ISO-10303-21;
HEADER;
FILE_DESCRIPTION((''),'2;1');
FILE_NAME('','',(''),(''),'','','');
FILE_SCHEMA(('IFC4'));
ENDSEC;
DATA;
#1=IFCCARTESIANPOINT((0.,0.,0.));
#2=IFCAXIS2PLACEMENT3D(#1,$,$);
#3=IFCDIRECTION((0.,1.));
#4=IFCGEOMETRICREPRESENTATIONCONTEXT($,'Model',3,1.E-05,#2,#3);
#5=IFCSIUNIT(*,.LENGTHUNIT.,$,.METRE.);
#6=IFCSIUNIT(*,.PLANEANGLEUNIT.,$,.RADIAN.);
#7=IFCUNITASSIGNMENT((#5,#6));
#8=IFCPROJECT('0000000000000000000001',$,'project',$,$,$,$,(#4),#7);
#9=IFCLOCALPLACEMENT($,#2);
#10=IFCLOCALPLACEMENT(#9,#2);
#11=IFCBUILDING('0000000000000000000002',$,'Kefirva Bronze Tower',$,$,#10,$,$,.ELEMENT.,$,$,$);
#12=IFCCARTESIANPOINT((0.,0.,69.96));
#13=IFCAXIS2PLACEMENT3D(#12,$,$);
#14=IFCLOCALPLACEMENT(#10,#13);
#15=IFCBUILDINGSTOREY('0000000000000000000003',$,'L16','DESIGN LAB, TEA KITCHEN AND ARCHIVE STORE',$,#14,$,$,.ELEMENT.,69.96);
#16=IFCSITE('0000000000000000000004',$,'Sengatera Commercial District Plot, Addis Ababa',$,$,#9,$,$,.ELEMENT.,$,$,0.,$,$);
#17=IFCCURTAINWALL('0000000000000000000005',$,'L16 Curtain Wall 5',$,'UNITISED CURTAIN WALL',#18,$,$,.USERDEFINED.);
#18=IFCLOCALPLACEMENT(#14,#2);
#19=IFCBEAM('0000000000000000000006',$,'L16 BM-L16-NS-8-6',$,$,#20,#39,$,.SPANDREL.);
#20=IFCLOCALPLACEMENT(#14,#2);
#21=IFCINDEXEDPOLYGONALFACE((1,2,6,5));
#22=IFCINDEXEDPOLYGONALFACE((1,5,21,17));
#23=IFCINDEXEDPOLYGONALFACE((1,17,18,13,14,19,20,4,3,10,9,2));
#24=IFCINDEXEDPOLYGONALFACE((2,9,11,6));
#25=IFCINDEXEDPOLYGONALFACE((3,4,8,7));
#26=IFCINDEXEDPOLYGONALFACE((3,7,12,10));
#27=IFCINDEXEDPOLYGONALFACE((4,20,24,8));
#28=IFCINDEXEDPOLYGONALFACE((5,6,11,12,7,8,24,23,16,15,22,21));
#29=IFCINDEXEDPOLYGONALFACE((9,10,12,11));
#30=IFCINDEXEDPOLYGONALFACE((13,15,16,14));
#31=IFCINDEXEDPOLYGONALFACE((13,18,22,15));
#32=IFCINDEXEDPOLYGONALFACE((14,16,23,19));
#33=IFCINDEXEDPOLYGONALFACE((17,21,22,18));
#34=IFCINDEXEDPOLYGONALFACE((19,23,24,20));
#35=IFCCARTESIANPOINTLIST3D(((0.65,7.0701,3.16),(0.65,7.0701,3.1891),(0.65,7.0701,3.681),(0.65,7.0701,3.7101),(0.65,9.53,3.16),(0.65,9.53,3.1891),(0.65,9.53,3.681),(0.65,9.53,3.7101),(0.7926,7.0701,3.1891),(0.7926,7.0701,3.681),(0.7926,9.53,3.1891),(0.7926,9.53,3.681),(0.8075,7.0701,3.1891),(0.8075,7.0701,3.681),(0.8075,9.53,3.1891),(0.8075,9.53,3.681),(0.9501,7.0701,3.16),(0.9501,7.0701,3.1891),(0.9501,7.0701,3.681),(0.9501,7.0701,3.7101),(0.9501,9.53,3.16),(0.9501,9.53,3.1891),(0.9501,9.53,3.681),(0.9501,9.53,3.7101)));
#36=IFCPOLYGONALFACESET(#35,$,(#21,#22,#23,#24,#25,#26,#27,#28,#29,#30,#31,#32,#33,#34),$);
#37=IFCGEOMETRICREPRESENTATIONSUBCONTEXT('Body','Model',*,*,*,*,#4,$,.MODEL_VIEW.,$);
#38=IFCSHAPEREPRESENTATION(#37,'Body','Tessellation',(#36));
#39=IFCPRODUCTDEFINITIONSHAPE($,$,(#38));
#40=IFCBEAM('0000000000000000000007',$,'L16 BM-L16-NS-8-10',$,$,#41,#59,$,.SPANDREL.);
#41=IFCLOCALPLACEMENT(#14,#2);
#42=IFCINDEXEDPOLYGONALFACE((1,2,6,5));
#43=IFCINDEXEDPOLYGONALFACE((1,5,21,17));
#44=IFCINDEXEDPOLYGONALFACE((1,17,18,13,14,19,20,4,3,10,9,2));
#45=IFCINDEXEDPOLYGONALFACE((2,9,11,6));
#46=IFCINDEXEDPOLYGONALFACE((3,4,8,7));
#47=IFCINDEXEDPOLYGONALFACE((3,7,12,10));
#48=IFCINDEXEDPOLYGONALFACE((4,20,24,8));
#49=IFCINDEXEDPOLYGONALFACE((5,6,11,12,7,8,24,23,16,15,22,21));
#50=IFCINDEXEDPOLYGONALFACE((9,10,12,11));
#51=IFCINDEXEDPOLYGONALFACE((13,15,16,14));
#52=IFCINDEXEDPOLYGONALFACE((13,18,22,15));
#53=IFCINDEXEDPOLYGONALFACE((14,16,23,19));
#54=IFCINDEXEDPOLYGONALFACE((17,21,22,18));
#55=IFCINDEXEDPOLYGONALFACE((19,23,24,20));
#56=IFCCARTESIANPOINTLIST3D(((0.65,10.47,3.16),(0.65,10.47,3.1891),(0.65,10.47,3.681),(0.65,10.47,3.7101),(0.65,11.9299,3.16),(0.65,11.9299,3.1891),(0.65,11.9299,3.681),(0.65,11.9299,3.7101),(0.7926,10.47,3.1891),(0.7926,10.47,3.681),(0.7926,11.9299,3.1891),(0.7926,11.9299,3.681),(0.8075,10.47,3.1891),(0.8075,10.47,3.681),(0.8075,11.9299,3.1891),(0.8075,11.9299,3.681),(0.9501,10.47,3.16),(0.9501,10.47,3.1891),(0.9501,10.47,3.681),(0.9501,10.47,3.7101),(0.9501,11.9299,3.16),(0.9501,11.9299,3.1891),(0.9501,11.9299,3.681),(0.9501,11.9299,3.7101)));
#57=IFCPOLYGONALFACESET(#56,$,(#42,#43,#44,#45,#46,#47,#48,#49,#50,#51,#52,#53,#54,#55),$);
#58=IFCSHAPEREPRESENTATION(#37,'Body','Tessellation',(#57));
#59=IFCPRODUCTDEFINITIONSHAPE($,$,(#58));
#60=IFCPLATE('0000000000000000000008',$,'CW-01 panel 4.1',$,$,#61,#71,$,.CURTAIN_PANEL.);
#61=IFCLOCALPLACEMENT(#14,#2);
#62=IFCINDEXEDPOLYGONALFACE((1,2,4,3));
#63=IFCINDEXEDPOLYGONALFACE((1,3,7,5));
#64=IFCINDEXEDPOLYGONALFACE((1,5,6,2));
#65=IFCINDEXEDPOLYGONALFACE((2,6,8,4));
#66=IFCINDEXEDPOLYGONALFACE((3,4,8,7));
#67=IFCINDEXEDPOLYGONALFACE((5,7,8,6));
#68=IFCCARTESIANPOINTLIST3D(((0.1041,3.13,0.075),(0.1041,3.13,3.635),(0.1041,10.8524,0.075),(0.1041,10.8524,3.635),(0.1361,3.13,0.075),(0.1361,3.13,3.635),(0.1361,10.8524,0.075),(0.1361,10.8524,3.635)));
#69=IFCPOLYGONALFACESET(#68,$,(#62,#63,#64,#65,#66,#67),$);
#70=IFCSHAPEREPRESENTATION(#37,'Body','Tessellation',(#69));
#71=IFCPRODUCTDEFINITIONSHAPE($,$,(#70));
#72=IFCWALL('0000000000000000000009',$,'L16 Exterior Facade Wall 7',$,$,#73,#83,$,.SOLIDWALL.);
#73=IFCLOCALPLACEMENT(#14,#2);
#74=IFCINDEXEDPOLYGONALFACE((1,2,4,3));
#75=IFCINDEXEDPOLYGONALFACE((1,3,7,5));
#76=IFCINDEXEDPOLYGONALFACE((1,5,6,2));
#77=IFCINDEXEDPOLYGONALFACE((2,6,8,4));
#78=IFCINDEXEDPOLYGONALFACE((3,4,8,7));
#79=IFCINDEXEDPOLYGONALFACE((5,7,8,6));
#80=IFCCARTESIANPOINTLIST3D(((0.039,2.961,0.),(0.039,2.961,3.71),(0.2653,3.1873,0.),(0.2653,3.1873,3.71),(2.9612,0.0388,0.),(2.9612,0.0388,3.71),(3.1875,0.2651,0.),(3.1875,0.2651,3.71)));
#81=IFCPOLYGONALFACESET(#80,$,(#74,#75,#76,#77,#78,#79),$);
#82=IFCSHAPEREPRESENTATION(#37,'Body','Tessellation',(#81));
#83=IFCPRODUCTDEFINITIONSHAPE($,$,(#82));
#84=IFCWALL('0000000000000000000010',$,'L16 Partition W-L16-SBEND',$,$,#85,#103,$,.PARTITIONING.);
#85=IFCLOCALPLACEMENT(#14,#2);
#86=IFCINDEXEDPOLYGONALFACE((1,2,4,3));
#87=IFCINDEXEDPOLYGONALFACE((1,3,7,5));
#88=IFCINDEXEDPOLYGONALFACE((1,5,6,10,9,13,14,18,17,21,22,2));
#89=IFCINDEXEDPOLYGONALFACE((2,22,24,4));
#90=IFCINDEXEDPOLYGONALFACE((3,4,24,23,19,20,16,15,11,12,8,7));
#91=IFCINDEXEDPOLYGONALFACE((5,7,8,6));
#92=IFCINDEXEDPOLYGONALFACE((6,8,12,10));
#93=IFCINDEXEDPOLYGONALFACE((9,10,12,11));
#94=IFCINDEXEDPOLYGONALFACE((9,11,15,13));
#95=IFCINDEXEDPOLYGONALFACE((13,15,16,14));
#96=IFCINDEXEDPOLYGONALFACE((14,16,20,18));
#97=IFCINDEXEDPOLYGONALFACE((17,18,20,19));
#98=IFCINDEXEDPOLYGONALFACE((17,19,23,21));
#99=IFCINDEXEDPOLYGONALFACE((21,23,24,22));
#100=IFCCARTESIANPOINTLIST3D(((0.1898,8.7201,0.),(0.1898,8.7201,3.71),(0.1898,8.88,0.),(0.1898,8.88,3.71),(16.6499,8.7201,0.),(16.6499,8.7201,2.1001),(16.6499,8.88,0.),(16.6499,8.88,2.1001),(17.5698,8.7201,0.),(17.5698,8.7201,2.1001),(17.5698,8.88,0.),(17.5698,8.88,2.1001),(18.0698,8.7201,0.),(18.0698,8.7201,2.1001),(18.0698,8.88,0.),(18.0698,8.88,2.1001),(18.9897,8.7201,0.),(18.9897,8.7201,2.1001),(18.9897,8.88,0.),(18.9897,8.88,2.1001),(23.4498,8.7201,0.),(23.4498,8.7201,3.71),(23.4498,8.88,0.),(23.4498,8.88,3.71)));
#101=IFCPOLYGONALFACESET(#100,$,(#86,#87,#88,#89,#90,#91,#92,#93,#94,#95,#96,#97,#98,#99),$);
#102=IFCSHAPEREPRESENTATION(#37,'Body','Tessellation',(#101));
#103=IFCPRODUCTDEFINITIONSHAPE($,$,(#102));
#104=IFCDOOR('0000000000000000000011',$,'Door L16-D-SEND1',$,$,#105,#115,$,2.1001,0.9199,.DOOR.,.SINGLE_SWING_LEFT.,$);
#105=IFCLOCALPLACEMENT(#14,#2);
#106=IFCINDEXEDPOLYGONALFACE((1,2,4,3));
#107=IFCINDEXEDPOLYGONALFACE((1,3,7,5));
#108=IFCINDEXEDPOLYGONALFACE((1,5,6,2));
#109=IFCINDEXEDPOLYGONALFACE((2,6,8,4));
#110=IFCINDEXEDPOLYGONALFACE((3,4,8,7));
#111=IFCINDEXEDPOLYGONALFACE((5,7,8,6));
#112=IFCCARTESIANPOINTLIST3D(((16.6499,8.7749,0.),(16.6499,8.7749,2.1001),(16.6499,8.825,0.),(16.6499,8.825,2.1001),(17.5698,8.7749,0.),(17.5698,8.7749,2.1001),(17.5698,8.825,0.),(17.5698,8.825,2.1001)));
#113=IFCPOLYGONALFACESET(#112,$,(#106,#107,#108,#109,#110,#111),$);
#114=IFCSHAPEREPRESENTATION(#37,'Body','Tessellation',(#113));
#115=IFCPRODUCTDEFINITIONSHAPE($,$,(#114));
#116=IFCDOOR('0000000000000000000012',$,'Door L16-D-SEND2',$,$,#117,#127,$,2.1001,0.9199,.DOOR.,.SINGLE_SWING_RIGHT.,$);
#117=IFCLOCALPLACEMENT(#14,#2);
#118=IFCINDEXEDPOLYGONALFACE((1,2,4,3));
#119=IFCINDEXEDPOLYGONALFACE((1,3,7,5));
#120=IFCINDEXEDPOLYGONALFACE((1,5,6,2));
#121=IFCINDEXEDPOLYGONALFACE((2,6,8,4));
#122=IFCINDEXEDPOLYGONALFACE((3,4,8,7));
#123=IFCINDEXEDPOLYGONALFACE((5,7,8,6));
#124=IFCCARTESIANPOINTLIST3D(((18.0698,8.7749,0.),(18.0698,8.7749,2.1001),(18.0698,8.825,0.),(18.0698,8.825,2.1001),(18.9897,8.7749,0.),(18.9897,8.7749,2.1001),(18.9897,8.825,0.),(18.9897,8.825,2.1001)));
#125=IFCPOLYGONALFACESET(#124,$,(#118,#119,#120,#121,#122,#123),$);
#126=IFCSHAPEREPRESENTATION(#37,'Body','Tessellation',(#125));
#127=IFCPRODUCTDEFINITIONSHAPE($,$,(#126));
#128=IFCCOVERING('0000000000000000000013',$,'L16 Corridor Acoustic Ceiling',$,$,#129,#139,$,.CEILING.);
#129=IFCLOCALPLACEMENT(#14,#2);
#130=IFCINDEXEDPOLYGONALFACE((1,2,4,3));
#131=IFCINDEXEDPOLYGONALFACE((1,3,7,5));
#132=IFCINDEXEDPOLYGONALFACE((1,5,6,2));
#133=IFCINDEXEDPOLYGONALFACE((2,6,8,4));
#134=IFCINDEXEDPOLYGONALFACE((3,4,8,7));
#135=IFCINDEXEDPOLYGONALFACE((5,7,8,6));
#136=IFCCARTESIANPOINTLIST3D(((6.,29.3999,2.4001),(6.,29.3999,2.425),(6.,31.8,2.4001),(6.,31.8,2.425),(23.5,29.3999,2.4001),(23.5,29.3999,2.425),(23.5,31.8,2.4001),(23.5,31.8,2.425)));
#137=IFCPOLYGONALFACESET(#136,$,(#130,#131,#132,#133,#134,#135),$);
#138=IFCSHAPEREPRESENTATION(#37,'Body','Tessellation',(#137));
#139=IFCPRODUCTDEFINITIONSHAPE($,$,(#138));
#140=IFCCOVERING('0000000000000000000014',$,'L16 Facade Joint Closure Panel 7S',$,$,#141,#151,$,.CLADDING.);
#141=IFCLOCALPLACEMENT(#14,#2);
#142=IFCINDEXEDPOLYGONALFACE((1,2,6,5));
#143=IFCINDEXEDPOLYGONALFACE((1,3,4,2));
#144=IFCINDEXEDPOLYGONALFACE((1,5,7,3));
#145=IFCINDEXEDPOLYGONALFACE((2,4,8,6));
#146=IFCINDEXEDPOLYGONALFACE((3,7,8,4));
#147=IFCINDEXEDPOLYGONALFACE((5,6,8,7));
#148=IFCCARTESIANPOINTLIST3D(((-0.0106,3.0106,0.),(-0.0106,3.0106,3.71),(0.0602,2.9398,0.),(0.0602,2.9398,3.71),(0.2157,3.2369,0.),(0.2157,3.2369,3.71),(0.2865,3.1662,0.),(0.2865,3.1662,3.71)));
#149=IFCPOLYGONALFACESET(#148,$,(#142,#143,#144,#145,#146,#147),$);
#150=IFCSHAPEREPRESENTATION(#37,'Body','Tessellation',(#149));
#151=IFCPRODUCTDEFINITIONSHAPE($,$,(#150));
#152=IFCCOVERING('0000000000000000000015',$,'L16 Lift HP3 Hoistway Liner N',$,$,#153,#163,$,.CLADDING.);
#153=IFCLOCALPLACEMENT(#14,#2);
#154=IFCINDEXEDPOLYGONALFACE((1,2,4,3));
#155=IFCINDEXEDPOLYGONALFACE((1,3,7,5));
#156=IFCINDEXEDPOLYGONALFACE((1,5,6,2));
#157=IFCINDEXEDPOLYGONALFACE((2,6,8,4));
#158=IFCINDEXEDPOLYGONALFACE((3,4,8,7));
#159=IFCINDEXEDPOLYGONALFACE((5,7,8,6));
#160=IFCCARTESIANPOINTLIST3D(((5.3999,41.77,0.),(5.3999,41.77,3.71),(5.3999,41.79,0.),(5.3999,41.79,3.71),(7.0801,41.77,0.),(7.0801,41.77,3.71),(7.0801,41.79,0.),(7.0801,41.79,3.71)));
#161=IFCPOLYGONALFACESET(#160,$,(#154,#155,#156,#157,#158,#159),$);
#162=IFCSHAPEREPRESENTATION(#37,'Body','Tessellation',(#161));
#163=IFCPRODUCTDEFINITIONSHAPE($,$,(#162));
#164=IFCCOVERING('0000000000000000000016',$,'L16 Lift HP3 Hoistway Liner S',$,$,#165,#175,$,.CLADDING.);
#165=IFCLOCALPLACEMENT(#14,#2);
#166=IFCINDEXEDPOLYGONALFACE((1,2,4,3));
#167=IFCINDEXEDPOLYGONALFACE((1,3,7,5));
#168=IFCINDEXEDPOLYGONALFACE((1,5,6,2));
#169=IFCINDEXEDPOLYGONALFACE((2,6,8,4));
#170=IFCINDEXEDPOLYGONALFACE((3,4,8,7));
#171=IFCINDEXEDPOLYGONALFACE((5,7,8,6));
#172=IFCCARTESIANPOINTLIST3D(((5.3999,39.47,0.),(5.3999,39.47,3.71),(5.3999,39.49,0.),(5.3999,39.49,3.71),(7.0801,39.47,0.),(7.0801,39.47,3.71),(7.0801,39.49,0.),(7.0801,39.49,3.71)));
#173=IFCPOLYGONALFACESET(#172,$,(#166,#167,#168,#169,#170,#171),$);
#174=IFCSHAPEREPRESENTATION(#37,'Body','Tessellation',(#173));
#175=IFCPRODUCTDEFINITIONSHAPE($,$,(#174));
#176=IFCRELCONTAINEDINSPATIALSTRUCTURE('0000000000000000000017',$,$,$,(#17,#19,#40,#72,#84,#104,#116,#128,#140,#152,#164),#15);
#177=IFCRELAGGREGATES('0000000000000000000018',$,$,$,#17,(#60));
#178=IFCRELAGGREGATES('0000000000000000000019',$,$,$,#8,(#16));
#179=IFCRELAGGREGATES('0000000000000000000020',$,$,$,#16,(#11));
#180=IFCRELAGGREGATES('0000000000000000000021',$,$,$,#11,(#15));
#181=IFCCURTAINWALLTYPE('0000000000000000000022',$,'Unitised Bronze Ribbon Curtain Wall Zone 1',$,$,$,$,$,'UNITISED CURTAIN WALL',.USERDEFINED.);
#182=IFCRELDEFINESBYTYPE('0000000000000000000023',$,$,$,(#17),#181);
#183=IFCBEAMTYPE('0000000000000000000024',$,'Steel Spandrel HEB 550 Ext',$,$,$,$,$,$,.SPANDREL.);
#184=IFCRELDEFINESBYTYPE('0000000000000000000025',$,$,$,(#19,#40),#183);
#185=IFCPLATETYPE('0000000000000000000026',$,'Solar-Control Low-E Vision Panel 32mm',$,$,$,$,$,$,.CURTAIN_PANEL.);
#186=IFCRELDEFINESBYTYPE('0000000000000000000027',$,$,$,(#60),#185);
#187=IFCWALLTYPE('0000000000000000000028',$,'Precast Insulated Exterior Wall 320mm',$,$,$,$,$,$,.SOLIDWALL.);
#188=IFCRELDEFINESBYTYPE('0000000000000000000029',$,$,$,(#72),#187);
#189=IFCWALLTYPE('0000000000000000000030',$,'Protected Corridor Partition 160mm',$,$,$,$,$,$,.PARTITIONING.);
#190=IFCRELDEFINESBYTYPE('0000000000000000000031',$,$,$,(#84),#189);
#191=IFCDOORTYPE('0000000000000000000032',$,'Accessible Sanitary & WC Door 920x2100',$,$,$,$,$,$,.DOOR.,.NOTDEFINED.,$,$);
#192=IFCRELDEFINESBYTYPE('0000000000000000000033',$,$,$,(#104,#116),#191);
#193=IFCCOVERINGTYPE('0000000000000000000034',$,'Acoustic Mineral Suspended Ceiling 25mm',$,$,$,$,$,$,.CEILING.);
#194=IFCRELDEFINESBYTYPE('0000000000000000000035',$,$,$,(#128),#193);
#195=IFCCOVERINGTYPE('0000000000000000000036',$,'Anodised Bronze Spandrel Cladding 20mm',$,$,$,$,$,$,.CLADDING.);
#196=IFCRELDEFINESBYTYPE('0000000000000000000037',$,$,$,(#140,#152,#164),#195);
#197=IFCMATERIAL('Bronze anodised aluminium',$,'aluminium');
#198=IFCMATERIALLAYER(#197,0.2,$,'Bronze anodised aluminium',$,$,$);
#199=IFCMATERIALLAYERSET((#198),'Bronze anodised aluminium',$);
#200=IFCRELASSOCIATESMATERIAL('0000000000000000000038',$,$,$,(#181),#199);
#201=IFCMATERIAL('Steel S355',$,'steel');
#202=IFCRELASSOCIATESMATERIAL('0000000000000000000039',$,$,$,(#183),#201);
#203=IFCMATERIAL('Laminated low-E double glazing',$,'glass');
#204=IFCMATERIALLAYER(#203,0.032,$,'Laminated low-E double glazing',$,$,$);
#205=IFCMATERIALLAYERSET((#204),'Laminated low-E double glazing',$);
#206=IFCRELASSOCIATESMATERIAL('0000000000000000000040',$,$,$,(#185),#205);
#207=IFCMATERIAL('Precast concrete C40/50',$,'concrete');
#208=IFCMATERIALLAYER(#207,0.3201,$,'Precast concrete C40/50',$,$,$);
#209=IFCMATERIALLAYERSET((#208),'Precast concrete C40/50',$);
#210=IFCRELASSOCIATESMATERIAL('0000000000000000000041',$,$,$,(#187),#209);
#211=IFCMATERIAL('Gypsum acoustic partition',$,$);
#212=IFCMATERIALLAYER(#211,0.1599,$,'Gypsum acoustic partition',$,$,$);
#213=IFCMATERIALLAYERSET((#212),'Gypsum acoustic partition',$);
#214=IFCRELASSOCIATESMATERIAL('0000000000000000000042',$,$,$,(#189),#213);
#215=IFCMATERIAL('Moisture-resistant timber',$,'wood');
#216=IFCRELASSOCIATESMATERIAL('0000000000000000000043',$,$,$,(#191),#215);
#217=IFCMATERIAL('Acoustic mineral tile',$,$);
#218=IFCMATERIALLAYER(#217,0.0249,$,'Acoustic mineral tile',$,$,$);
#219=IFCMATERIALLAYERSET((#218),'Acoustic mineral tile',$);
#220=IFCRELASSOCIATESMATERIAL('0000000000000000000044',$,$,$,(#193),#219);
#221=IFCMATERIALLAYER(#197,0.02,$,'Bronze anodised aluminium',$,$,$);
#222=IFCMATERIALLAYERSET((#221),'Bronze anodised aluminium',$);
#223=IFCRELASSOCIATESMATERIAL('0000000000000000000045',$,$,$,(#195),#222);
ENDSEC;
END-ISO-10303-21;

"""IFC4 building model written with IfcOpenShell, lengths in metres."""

from ifc_helpers import new_model, si_unit, direction, frame, frame_2d, origin, origin_2d, place, context, subcontext, project, spatial, polyline, rectangle, i_section, outline, extrude, material, layer, layer_set, material_profile, profile_set, type_object, element, fill, aggregate, save


model = new_model("IFC4")

# Units and contexts
model_context = context("Model", 3, precision=1e-05, world=origin(), true_north=direction((0.0, 1.0)))
body_context = subcontext(model_context, "Body", "Model", "MODEL_VIEW")
ifc_project = project(units=[si_unit("LENGTHUNIT", "METRE"), si_unit("PLANEANGLEUNIT", "RADIAN")], contexts=[model_context])

# Site, building, storey
site_placement = place(None, origin())
site = spatial("IfcSite", under=ifc_project, at=site_placement, Name="Sengatera Commercial District Plot, Addis Ababa", CompositionType="ELEMENT", RefElevation=0.0)
building_placement = place(site_placement, origin())
building = spatial("IfcBuilding", under=site, at=building_placement, Name="Kefirva Bronze Tower", CompositionType="ELEMENT")
storey_placement = place(building_placement, frame((0.0, 0.0, 69.96)))
storey = spatial("IfcBuildingStorey", under=building, at=storey_placement, Name="L16", Description="DESIGN LAB, TEA KITCHEN AND ARCHIVE STORE", CompositionType="ELEMENT", Elevation=69.96)

# Curtain wall
ifc_material_1 = material(Name="Bronze anodised aluminium", Category="aluminium")
ifc_layer_1 = layer(ifc_material_1, 0.2, Name="Bronze anodised aluminium")
ifc_layer_set_1 = layer_set([ifc_layer_1], Name="Bronze anodised aluminium")
curtain_wall_type = type_object("IfcCurtainWallType", Name="Unitised Bronze Ribbon Curtain Wall Zone 1", ElementType="UNITISED CURTAIN WALL", PredefinedType="USERDEFINED", material=ifc_layer_set_1)
curtain_wall_placement = place(storey_placement, origin())
curtain_wall = element("IfcCurtainWall", 1, at=curtain_wall_placement, inside=storey, type_object=curtain_wall_type, Name="L16 Curtain Wall 5", ObjectType="UNITISED CURTAIN WALL", PredefinedType="USERDEFINED")

# Beams
ifc_material_2 = material(Name="Steel S355", Category="steel")
ifc_material_profile_1 = material_profile(ifc_material_2, i_section(OverallWidth=0.3, OverallDepth=0.55, WebThickness=0.0149, FlangeThickness=0.0291, at=origin_2d()), Name="HEB 550")
ifc_profile_set_1 = profile_set([ifc_material_profile_1], Name="Steel S355")
beam_type_1 = type_object("IfcBeamType", Name="Steel Spandrel HEB 550 Ext", PredefinedType="SPANDREL", material=ifc_profile_set_1)
beam_1_placement = place(storey_placement, frame((0.8, 7.0701, 3.4351), z_axis=(0.0, 1.0, 0.0), x_axis=(-1.0, 0.0, 0.0)))
element("IfcBeam", 2, at=beam_1_placement, inside=storey, type_object=beam_type_1, Name="L16 BM-L16-NS-8-6", PredefinedType="SPANDREL", context=body_context, shape_type="SweptSolid", body=[
    extrude(i_section(OverallWidth=0.3, OverallDepth=0.55, WebThickness=0.0149, FlangeThickness=0.0291, at=origin_2d()), origin(), (0.0, 0.0, 1.0), 2.46),
])
beam_2_placement = place(storey_placement, frame((0.8, 10.47, 3.4351), z_axis=(0.0, 1.0, 0.0), x_axis=(-1.0, 0.0, 0.0)))
element("IfcBeam", 3, at=beam_2_placement, inside=storey, type_object=beam_type_1, Name="L16 BM-L16-NS-8-10", PredefinedType="SPANDREL", context=body_context, shape_type="SweptSolid", body=[
    extrude(i_section(OverallWidth=0.3, OverallDepth=0.55, WebThickness=0.0149, FlangeThickness=0.0291, at=origin_2d()), origin(), (0.0, 0.0, 1.0), 1.46),
])

# Plate
ifc_material_3 = material(Name="Laminated low-E double glazing", Category="glass")
ifc_layer_2 = layer(ifc_material_3, 0.032, Name="Laminated low-E double glazing")
ifc_layer_set_2 = layer_set([ifc_layer_2], Name="Laminated low-E double glazing")
plate_type = type_object("IfcPlateType", Name="Solar-Control Low-E Vision Panel 32mm", PredefinedType="CURTAIN_PANEL", material=ifc_layer_set_2)
plate_placement = place(storey_placement, frame((0.1201, 6.9912, 0.075), z_axis=(0.0, 0.0, 1.0), x_axis=(0.0, -1.0, 0.0)))
plate = element("IfcPlate", 4, at=plate_placement, type_object=plate_type, Name="CW-01 panel 4.1", PredefinedType="CURTAIN_PANEL", context=body_context, shape_type="SweptSolid", body=[
    extrude(rectangle(XDim=7.7224, YDim=0.032, at=origin_2d()), origin(), (0.0, 0.0, 1.0), 3.5601),
])
aggregate(curtain_wall, [plate])

# Wall
ifc_material_4 = material(Name="Precast concrete C40/50", Category="concrete")
ifc_layer_3 = layer(ifc_material_4, 0.3201, Name="Precast concrete C40/50")
ifc_layer_set_3 = layer_set([ifc_layer_3], Name="Precast concrete C40/50")
wall_type_1 = type_object("IfcWallType", Name="Precast Insulated Exterior Wall 320mm", PredefinedType="SOLIDWALL", material=ifc_layer_set_3)
wall_1_placement = place(storey_placement, frame((0.1521, 3.0742, 0.0), z_axis=(0.0, 0.0, 1.0), x_axis=(0.707107, -0.707107, 0.0)))
element("IfcWall", 5, at=wall_1_placement, inside=storey, type_object=wall_type_1, Name="L16 Exterior Facade Wall 7", PredefinedType="SOLIDWALL", context=body_context, shape_type="SweptSolid", body=[
    extrude(rectangle(XDim=4.1326, YDim=0.3201, at=frame_2d((2.0664, 0.0))), origin(), (0.0, 0.0, 1.0), 3.71),
])

# Wall, openings, doors
ifc_material_5 = material(Name="Gypsum acoustic partition")
ifc_layer_4 = layer(ifc_material_5, 0.1599, Name="Gypsum acoustic partition")
ifc_layer_set_4 = layer_set([ifc_layer_4], Name="Gypsum acoustic partition")
wall_type_2 = type_object("IfcWallType", Name="Protected Corridor Partition 160mm", PredefinedType="PARTITIONING", material=ifc_layer_set_4)
wall_2_placement = place(storey_placement, frame((0.1899, 8.8, 0.0), z_axis=(0.0, 0.0, 1.0), x_axis=(1.0, 0.0, 0.0)))
wall_2 = element("IfcWall", 6, at=wall_2_placement, inside=storey, type_object=wall_type_2, Name="L16 Partition W-L16-SBEND", PredefinedType="PARTITIONING", context=body_context, shape_type="SweptSolid", body=[
    extrude(rectangle(XDim=23.26, YDim=0.1599, at=frame_2d((11.6299, 0.0))), origin(), (0.0, 0.0, 1.0), 3.71),
])
opening_1_placement = place(wall_2_placement, frame((16.46, 0.0, 0.0)))
opening_1 = element("IfcOpeningElement", 7, at=opening_1_placement, cuts=wall_2, PredefinedType="OPENING", context=body_context, shape_type="SweptSolid", body=[
    extrude(rectangle(XDim=0.9199, YDim=2.1001, at=frame_2d((0.46, 1.05))), frame((0.0, 0.0898, 0.0), z_axis=(0.0, -1.0, 0.0), x_axis=(1.0, 0.0, 0.0)), (0.0, 0.0, 1.0), 0.1799),
])
opening_2_placement = place(wall_2_placement, frame((17.8799, 0.0, 0.0)))
opening_2 = element("IfcOpeningElement", 8, at=opening_2_placement, cuts=wall_2, PredefinedType="OPENING", context=body_context, shape_type="SweptSolid", body=[
    extrude(rectangle(XDim=0.9199, YDim=2.1001, at=frame_2d((0.46, 1.05))), frame((0.0, 0.0898, 0.0), z_axis=(0.0, -1.0, 0.0), x_axis=(1.0, 0.0, 0.0)), (0.0, 0.0, 1.0), 0.1799),
])
ifc_material_6 = material(Name="Moisture-resistant timber", Category="wood")
door_type = type_object("IfcDoorType", Name="Accessible Sanitary & WC Door 920x2100", OperationType="NOTDEFINED", PredefinedType="DOOR", material=ifc_material_6)
door_1_placement = place(opening_1_placement, origin())
door_1 = element("IfcDoor", 9, at=door_1_placement, inside=storey, type_object=door_type, Name="Door L16-D-SEND1", OperationType="SINGLE_SWING_LEFT", OverallHeight=2.1001, OverallWidth=0.9199, PredefinedType="DOOR", context=body_context, shape_type="SweptSolid", body=[
    extrude(rectangle(XDim=0.9199, YDim=2.1001, at=frame_2d((0.46, 1.05))), frame((0.0, 0.0249, 0.0), z_axis=(0.0, -1.0, 0.0), x_axis=(1.0, 0.0, 0.0)), (0.0, 0.0, 1.0), 0.05),
])
fill(opening_1, door_1)
door_2_placement = place(opening_2_placement, origin())
door_2 = element("IfcDoor", 10, at=door_2_placement, inside=storey, type_object=door_type, Name="Door L16-D-SEND2", OperationType="SINGLE_SWING_RIGHT", OverallHeight=2.1001, OverallWidth=0.9199, PredefinedType="DOOR", context=body_context, shape_type="SweptSolid", body=[
    extrude(rectangle(XDim=0.9199, YDim=2.1001, at=frame_2d((0.46, 1.05))), frame((0.0, 0.0249, 0.0), z_axis=(0.0, -1.0, 0.0), x_axis=(1.0, 0.0, 0.0)), (0.0, 0.0, 1.0), 0.05),
])
fill(opening_2, door_2)

# Coverings
ifc_material_7 = material(Name="Acoustic mineral tile")
ifc_layer_5 = layer(ifc_material_7, 0.0249, Name="Acoustic mineral tile")
ifc_layer_set_5 = layer_set([ifc_layer_5], Name="Acoustic mineral tile")
covering_type_1 = type_object("IfcCoveringType", Name="Acoustic Mineral Suspended Ceiling 25mm", PredefinedType="CEILING", material=ifc_layer_set_5)
covering_1_placement = place(storey_placement, frame((0.0, 0.0, 2.4001)))
element("IfcCovering", 11, at=covering_1_placement, inside=storey, type_object=covering_type_1, Name="L16 Corridor Acoustic Ceiling", PredefinedType="CEILING", context=body_context, shape_type="SweptSolid", body=[
    extrude(outline(polyline([(6.0, 29.3999), (23.5, 29.3999), (23.5, 31.8), (6.0, 31.8), (6.0, 29.3999)])), origin(), (0.0, 0.0, 1.0), 0.0249),
])
ifc_layer_6 = layer(ifc_material_1, 0.02, Name="Bronze anodised aluminium")
ifc_layer_set_6 = layer_set([ifc_layer_6], Name="Bronze anodised aluminium")
covering_type_2 = type_object("IfcCoveringType", Name="Anodised Bronze Spandrel Cladding 20mm", PredefinedType="CLADDING", material=ifc_layer_set_6)
covering_2_placement = place(storey_placement, frame((0.1379, 3.0884, 0.0), z_axis=(0.0, 0.0, 1.0), x_axis=(0.707107, -0.707107, 0.0)))
element("IfcCovering", 12, at=covering_2_placement, inside=storey, type_object=covering_type_2, Name="L16 Facade Joint Closure Panel 7S", PredefinedType="CLADDING", context=body_context, shape_type="SweptSolid", body=[
    extrude(rectangle(XDim=0.1001, YDim=0.3201, at=origin_2d()), origin(), (0.0, 0.0, 1.0), 3.71),
])
covering_3_placement = place(storey_placement, origin())
element("IfcCovering", 13, at=covering_3_placement, inside=storey, type_object=covering_type_2, Name="L16 Lift HP3 Hoistway Liner N", PredefinedType="CLADDING", context=body_context, shape_type="SweptSolid", body=[
    extrude(outline(polyline([(5.3999, 41.77), (7.0801, 41.77), (7.0801, 41.79), (5.3999, 41.79), (5.3999, 41.77)])), origin(), (0.0, 0.0, 1.0), 3.71),
])
covering_4_placement = place(storey_placement, origin())
element("IfcCovering", 14, at=covering_4_placement, inside=storey, type_object=covering_type_2, Name="L16 Lift HP3 Hoistway Liner S", PredefinedType="CLADDING", context=body_context, shape_type="SweptSolid", body=[
    extrude(outline(polyline([(5.3999, 39.47), (7.0801, 39.47), (7.0801, 39.49), (5.3999, 39.49), (5.3999, 39.47)])), origin(), (0.0, 0.0, 1.0), 3.71),
])

save(model, "model.ifc")
